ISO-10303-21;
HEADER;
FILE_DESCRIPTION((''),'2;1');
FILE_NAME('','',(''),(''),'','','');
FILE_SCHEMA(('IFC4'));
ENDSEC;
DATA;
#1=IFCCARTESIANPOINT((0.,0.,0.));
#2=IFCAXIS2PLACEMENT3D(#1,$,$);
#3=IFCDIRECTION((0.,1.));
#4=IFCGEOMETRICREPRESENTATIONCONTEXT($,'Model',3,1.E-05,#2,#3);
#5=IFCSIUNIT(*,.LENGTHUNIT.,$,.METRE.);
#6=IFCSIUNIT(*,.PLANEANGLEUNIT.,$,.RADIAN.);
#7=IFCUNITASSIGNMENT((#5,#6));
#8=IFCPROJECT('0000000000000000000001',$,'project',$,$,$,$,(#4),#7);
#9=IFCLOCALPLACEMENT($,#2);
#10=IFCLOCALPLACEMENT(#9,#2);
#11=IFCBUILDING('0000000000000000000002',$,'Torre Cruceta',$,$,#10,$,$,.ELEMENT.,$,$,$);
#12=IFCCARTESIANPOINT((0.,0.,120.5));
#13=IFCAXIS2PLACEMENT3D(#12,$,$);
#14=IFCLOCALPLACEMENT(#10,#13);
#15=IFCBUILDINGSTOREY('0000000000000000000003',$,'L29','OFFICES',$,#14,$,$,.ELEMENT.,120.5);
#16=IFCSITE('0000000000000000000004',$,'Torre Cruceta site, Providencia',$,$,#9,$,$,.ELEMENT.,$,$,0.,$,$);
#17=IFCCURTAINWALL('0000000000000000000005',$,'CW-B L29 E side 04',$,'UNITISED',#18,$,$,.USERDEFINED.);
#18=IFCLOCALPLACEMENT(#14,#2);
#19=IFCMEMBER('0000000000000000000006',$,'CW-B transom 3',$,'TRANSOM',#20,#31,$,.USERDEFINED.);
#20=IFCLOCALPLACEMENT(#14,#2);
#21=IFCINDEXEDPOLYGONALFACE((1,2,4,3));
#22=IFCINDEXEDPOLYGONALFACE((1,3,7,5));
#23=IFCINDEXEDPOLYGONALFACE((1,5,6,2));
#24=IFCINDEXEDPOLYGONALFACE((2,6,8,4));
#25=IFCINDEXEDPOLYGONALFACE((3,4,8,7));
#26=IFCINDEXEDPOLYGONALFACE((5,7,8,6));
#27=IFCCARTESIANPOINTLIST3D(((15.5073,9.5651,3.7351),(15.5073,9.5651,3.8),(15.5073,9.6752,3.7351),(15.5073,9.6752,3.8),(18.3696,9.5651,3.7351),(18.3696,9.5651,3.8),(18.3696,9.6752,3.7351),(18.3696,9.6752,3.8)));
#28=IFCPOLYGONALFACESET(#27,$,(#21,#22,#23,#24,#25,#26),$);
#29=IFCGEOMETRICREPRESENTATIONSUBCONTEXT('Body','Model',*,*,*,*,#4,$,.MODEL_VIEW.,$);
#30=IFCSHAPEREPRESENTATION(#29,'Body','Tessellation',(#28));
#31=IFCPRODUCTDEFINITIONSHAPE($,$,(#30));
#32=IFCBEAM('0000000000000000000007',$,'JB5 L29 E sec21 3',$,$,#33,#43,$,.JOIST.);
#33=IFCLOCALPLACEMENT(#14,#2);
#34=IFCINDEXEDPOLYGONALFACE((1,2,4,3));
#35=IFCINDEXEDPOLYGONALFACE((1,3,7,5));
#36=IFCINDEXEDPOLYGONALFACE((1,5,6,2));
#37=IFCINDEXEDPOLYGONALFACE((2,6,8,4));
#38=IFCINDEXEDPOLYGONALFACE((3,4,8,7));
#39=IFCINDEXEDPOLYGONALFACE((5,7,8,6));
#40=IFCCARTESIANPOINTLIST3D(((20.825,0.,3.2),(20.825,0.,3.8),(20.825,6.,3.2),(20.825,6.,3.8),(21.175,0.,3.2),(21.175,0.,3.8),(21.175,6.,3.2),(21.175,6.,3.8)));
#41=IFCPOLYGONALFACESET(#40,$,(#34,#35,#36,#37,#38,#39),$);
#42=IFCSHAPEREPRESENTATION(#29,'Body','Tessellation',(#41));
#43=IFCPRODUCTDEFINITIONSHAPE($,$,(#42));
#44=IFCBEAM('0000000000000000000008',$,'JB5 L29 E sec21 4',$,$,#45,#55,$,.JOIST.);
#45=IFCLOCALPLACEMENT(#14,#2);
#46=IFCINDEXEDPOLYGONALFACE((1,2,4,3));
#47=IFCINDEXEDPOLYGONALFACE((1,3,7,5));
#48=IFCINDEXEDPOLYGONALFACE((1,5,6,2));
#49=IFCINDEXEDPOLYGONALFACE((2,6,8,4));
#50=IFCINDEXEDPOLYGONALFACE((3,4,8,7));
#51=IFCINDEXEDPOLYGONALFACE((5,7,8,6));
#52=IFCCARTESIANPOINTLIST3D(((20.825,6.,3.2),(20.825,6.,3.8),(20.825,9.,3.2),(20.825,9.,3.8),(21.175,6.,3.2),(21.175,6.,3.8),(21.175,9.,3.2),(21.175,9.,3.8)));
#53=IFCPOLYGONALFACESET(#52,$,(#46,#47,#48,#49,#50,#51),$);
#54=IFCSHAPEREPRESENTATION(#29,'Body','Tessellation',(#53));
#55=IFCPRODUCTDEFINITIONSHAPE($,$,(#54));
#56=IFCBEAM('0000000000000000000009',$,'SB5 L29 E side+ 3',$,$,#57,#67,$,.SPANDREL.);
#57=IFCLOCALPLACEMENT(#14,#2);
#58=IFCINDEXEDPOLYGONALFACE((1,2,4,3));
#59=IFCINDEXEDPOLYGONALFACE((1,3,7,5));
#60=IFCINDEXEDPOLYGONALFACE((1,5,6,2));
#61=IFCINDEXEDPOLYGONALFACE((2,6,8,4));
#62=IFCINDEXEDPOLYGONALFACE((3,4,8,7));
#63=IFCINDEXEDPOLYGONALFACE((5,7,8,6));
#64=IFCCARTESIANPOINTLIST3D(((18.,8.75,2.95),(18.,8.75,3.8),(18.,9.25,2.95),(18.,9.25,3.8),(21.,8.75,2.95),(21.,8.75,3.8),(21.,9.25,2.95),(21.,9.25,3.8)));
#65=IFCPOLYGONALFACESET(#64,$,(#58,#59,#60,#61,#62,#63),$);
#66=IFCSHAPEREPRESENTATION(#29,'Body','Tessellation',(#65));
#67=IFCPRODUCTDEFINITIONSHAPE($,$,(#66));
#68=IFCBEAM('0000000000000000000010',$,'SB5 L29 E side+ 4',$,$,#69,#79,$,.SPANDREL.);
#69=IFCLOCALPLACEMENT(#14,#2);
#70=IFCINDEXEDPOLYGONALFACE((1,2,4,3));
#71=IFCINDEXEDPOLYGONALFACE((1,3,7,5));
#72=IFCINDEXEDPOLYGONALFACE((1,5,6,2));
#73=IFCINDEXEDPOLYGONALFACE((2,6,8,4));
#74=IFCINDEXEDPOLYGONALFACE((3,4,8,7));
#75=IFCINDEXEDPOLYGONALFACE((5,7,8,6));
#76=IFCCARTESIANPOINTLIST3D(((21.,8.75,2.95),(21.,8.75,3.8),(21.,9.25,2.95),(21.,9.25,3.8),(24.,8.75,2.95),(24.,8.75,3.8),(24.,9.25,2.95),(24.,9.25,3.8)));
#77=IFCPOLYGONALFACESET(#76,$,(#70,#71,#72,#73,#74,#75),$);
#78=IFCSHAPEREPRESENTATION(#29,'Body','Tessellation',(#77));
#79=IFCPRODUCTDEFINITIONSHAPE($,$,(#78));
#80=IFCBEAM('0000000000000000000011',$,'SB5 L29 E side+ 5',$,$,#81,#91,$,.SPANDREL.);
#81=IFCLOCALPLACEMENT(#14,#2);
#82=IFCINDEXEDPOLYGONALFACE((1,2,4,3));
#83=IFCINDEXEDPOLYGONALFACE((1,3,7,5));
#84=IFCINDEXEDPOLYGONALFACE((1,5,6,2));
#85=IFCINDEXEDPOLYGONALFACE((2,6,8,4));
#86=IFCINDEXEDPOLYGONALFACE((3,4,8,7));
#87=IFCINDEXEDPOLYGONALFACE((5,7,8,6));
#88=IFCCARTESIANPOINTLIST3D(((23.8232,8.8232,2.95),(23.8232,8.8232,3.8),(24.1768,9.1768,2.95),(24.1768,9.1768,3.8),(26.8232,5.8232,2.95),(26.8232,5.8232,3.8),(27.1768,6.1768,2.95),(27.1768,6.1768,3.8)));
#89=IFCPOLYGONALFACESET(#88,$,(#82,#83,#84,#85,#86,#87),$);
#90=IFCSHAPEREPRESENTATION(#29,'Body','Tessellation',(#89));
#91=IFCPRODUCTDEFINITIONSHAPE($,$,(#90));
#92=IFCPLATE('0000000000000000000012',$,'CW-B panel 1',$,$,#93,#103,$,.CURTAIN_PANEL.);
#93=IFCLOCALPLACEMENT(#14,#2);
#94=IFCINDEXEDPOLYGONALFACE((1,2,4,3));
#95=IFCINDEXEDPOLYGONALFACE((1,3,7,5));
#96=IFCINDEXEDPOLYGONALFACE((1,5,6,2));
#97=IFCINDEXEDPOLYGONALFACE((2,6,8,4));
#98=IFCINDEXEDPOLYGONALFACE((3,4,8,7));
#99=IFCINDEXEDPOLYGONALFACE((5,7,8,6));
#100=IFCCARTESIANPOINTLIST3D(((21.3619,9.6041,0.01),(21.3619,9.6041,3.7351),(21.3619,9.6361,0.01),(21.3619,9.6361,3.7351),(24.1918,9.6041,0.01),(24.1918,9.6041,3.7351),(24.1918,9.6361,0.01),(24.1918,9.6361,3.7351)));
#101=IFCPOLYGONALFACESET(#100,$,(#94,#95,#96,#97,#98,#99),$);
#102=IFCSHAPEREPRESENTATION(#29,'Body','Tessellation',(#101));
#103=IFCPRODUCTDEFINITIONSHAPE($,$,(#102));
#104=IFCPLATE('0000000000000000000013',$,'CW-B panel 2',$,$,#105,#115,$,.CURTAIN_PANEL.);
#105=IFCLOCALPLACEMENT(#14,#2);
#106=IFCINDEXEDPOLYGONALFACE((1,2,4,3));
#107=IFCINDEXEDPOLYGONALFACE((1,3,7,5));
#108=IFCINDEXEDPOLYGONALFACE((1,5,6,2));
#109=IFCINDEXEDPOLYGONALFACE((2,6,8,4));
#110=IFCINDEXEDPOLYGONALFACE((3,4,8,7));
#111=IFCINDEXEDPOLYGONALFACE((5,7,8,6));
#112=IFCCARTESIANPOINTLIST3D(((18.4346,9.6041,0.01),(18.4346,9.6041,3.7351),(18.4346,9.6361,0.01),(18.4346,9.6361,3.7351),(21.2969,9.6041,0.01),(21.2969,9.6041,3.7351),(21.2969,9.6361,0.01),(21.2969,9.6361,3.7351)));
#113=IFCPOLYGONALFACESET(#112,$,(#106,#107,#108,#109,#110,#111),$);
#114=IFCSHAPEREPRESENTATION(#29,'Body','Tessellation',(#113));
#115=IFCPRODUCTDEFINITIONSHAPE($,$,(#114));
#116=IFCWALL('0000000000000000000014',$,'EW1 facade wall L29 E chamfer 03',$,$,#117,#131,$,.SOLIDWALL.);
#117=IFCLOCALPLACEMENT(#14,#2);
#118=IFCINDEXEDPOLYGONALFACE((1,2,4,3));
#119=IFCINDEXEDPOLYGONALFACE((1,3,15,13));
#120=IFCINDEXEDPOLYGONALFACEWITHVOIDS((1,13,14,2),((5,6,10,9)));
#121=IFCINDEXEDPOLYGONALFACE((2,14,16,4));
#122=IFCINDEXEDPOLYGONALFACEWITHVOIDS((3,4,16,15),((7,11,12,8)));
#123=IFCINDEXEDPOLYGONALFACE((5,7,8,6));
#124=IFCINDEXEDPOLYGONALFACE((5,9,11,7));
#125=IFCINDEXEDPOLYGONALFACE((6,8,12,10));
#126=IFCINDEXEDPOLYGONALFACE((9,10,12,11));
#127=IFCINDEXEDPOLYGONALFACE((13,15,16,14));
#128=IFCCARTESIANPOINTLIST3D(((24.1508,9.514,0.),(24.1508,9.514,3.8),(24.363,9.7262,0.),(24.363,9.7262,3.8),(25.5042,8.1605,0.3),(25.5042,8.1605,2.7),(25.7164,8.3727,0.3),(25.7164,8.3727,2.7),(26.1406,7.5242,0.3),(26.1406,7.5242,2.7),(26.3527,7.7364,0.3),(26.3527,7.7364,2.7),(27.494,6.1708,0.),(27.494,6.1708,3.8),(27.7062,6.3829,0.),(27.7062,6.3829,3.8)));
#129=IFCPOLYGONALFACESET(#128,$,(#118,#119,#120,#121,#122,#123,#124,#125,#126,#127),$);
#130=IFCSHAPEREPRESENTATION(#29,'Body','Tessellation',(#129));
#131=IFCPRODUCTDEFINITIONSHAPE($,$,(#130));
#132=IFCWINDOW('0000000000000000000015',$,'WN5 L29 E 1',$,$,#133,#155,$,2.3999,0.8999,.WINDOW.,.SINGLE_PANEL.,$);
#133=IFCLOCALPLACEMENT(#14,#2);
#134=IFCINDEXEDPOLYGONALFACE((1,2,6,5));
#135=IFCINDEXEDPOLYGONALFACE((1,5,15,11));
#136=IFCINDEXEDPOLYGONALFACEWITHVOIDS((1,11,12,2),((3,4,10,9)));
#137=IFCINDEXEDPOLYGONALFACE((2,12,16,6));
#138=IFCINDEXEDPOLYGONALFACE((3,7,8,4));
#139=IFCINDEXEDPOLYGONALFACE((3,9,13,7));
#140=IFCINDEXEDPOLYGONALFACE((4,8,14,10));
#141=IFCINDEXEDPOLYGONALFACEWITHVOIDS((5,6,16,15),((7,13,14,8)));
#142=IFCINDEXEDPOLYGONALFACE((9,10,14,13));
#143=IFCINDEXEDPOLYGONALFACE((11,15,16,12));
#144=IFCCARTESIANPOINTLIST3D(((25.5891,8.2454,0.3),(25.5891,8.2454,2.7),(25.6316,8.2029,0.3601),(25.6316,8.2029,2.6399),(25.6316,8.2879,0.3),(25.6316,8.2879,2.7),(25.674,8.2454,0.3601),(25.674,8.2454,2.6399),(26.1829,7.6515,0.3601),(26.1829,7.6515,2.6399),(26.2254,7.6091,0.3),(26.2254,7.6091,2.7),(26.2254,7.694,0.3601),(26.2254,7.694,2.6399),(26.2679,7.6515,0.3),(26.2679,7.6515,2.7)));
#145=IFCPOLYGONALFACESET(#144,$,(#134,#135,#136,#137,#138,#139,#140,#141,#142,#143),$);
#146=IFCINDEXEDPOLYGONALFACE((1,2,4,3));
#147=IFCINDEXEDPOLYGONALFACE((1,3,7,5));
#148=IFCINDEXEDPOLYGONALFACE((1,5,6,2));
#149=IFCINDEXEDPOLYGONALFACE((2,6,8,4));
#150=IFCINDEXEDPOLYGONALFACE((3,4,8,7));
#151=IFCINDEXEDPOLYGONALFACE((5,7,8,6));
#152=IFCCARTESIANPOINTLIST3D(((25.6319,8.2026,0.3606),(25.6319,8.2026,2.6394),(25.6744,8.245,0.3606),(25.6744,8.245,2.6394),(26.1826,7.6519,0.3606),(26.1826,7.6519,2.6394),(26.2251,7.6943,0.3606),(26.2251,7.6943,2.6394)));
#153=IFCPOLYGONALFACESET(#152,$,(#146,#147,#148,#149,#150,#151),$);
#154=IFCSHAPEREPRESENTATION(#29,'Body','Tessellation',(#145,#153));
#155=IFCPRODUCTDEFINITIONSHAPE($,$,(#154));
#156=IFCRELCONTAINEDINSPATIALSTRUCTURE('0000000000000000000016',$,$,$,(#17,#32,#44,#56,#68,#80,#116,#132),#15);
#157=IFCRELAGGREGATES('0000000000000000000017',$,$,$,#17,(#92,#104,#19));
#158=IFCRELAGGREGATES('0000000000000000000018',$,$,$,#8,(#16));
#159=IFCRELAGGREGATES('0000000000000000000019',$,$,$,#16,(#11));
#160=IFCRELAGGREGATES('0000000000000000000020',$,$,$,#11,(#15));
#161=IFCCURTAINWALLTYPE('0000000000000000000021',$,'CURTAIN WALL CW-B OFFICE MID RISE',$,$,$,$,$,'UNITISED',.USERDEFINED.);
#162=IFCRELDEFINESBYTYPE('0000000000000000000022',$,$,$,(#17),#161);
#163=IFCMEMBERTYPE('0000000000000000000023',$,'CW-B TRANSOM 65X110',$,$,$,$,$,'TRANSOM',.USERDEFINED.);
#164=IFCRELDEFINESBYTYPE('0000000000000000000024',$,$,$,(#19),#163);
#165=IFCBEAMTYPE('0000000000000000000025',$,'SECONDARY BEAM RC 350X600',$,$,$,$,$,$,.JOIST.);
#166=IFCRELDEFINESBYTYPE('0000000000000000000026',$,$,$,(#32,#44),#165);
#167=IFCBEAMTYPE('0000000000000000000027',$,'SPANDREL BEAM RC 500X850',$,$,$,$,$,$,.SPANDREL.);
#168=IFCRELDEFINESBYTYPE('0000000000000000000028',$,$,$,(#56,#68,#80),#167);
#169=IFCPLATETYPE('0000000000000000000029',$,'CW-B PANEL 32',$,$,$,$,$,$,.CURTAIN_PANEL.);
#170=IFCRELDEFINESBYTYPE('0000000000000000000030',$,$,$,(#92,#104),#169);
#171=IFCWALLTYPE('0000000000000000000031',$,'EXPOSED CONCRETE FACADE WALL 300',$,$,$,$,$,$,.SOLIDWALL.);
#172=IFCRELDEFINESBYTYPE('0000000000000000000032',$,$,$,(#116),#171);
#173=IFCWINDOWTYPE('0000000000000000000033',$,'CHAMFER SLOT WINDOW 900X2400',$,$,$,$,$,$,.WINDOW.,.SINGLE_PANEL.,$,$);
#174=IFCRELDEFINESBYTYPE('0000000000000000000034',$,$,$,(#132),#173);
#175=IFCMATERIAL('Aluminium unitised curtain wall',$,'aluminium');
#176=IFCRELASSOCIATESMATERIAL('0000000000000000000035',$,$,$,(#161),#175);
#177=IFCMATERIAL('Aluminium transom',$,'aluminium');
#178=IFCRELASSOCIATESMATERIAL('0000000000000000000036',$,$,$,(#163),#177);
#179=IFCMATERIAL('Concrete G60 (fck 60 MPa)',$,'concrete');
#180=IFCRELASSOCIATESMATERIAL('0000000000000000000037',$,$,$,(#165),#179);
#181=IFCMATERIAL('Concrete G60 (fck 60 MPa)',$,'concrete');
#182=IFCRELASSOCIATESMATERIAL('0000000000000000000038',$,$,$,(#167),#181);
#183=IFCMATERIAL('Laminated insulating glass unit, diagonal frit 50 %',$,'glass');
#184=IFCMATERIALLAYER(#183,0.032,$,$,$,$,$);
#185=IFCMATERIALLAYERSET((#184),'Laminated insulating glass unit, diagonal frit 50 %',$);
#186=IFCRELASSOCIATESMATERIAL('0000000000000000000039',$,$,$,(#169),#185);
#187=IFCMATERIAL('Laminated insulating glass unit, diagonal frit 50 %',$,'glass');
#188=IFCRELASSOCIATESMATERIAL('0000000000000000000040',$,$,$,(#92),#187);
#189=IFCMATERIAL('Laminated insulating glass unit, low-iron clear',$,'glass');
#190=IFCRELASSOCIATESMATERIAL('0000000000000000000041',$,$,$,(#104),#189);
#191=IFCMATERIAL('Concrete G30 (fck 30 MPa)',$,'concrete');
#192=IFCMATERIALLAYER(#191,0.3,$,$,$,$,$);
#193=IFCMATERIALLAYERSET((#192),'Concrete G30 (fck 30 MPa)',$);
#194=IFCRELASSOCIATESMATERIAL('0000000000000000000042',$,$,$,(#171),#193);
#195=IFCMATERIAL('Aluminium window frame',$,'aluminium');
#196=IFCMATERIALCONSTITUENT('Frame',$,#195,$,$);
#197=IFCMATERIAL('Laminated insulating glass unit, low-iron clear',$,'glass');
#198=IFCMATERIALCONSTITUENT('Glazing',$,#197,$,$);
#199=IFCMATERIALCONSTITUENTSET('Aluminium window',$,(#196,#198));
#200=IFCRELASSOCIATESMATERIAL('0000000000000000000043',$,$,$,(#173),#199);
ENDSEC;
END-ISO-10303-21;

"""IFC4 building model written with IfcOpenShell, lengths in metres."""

from ifc_helpers import new_model, si_unit, direction, frame, frame_2d, origin, origin_2d, place, context, subcontext, project, spatial, rectangle, hollow_rectangle, extrude, material, layer, layer_set, constituent, constituent_set, material_profile, profile_set, type_object, element, fill, aggregate, save


model = new_model("IFC4")

# Units and contexts
model_context = context("Model", 3, precision=1e-05, world=origin(), true_north=direction((0.0, 1.0)))
body_context = subcontext(model_context, "Body", "Model", "MODEL_VIEW")
ifc_project = project(units=[si_unit("LENGTHUNIT", "METRE"), si_unit("PLANEANGLEUNIT", "RADIAN")], contexts=[model_context])

# Site, building, storey
site_placement = place(None, origin())
site = spatial("IfcSite", under=ifc_project, at=site_placement, Name="Torre Cruceta site, Providencia", CompositionType="ELEMENT", RefElevation=0.0)
building_placement = place(site_placement, origin())
building = spatial("IfcBuilding", under=site, at=building_placement, Name="Torre Cruceta", CompositionType="ELEMENT")
storey_placement = place(building_placement, frame((0.0, 0.0, 120.5)))
storey = spatial("IfcBuildingStorey", under=building, at=storey_placement, Name="L29", Description="OFFICES", CompositionType="ELEMENT", Elevation=120.5)

# Curtain wall, member
ifc_material_1 = material(Name="Aluminium unitised curtain wall", Category="aluminium")
curtain_wall_type = type_object("IfcCurtainWallType", Name="CURTAIN WALL CW-B OFFICE MID RISE", ElementType="UNITISED", PredefinedType="USERDEFINED", material=ifc_material_1)
curtain_wall_placement = place(storey_placement, origin())
curtain_wall = element("IfcCurtainWall", 1, at=curtain_wall_placement, inside=storey, type_object=curtain_wall_type, Name="CW-B L29 E side 04", ObjectType="UNITISED", PredefinedType="USERDEFINED")
ifc_material_2 = material(Name="Aluminium transom", Category="aluminium")
ifc_material_profile_1 = material_profile(ifc_material_2, rectangle(XDim=0.1101, YDim=0.0649, at=origin_2d()), Name="AL 110X65")
ifc_profile_set_1 = profile_set([ifc_material_profile_1], Name="Aluminium transom")
member_type_1 = type_object("IfcMemberType", Name="CW-B TRANSOM 65X110", ElementType="TRANSOM", PredefinedType="USERDEFINED", material=ifc_profile_set_1)
member_1_placement = place(storey_placement, frame((18.3696, 9.6201, 3.7676), z_axis=(-1.0, 0.0, 0.0), x_axis=(0.0, -1.0, 0.0)))
member_1 = element("IfcMember", 2, at=member_1_placement, type_object=member_type_1, Name="CW-B transom 3", ObjectType="TRANSOM", PredefinedType="USERDEFINED", context=body_context, shape_type="SweptSolid", body=[
    extrude(rectangle(XDim=0.1101, YDim=0.0649, at=origin_2d()), origin(), (0.0, 0.0, 1.0), 2.8623),
])

# Beams
ifc_material_3 = material(Name="Concrete G60 (fck 60 MPa)", Category="concrete")
ifc_material_profile_2 = material_profile(ifc_material_3, rectangle(XDim=0.3501, YDim=0.6001, at=origin_2d()), Name="RC 350X600")
ifc_profile_set_2 = profile_set([ifc_material_profile_2], Name="Concrete G60 (fck 60 MPa)")
beam_type_1 = type_object("IfcBeamType", Name="SECONDARY BEAM RC 350X600", PredefinedType="JOIST", material=ifc_profile_set_2)
beam_1_placement = place(storey_placement, frame((21.0, 0.0, 3.5), z_axis=(0.0, 1.0, 0.0), x_axis=(-1.0, 0.0, 0.0)))
element("IfcBeam", 3, at=beam_1_placement, inside=storey, type_object=beam_type_1, Name="JB5 L29 E sec21 3", PredefinedType="JOIST", context=body_context, shape_type="SweptSolid", body=[
    extrude(rectangle(XDim=0.3501, YDim=0.6001, at=origin_2d()), origin(), (0.0, 0.0, 1.0), 6.0),
])
beam_2_placement = place(storey_placement, frame((21.0, 6.0, 3.5), z_axis=(0.0, 1.0, 0.0), x_axis=(-1.0, 0.0, 0.0)))
element("IfcBeam", 4, at=beam_2_placement, inside=storey, type_object=beam_type_1, Name="JB5 L29 E sec21 4", PredefinedType="JOIST", context=body_context, shape_type="SweptSolid", body=[
    extrude(rectangle(XDim=0.3501, YDim=0.6001, at=origin_2d()), origin(), (0.0, 0.0, 1.0), 3.0),
])
ifc_material_4 = material(Name="Concrete G60 (fck 60 MPa)", Category="concrete")
ifc_material_profile_3 = material_profile(ifc_material_4, rectangle(XDim=0.5, YDim=0.8501, at=origin_2d()), Name="RC 500X850")
ifc_profile_set_3 = profile_set([ifc_material_profile_3], Name="Concrete G60 (fck 60 MPa)")
beam_type_2 = type_object("IfcBeamType", Name="SPANDREL BEAM RC 500X850", PredefinedType="SPANDREL", material=ifc_profile_set_3)
for number, where, z_axis, x_axis, name in (
    (5, (18.0, 9.0, 3.375), (1.0, 0.0, 0.0), (0.0, 1.0, 0.0), "SB5 L29 E side+ 3"),
    (6, (21.0, 9.0, 3.375), (1.0, 0.0, 0.0), (0.0, 1.0, 0.0), "SB5 L29 E side+ 4"),
):
    element("IfcBeam", number, at=place(storey_placement, frame(where, z_axis=z_axis, x_axis=x_axis)), inside=storey, type_object=beam_type_2, Name=name, PredefinedType="SPANDREL", context=body_context, shape_type="SweptSolid", body=[
        extrude(rectangle(XDim=0.5, YDim=0.8501, at=origin_2d()), origin(), (0.0, 0.0, 1.0), 3.0),
    ])
beam_3_placement = place(storey_placement, frame((24.0, 9.0, 3.375), z_axis=(0.707107, -0.707107, 0.0), x_axis=(0.707107, 0.707107, 0.0)))
element("IfcBeam", 7, at=beam_3_placement, inside=storey, type_object=beam_type_2, Name="SB5 L29 E side+ 5", PredefinedType="SPANDREL", context=body_context, shape_type="SweptSolid", body=[
    extrude(rectangle(XDim=0.5, YDim=0.8501, at=origin_2d()), origin(), (0.0, 0.0, 1.0), 4.2427),
])

# Plates
ifc_material_5 = material(Name="Laminated insulating glass unit, diagonal frit 50 %", Category="glass")
ifc_material_6 = material(Name="Laminated insulating glass unit, diagonal frit 50 %", Category="glass")
ifc_layer_1 = layer(ifc_material_6, 0.032)
ifc_layer_set_1 = layer_set([ifc_layer_1], Name="Laminated insulating glass unit, diagonal frit 50 %")
plate_type = type_object("IfcPlateType", Name="CW-B PANEL 32", PredefinedType="CURTAIN_PANEL", material=ifc_layer_set_1)
plate_1_placement = place(storey_placement, frame((22.7769, 9.6201, 0.01), z_axis=(0.0, 0.0, 1.0), x_axis=(-1.0, 0.0, 0.0)))
plate_1 = element("IfcPlate", 8, at=plate_1_placement, type_object=plate_type, material=ifc_material_5, Name="CW-B panel 1", PredefinedType="CURTAIN_PANEL", context=body_context, shape_type="SweptSolid", body=[
    extrude(rectangle(XDim=2.8298, YDim=0.032, at=origin_2d()), origin(), (0.0, 0.0, 1.0), 3.7251),
])
ifc_material_7 = material(Name="Laminated insulating glass unit, low-iron clear", Category="glass")
plate_2_placement = place(storey_placement, frame((19.8657, 9.6201, 0.01), z_axis=(0.0, 0.0, 1.0), x_axis=(-1.0, 0.0, 0.0)))
plate_2 = element("IfcPlate", 9, at=plate_2_placement, type_object=plate_type, material=ifc_material_7, Name="CW-B panel 2", PredefinedType="CURTAIN_PANEL", context=body_context, shape_type="SweptSolid", body=[
    extrude(rectangle(XDim=2.8623, YDim=0.032, at=origin_2d()), origin(), (0.0, 0.0, 1.0), 3.7251),
])
aggregate(curtain_wall, [plate_1, plate_2, member_1])

# Wall, opening, window
ifc_material_8 = material(Name="Concrete G30 (fck 30 MPa)", Category="concrete")
ifc_layer_2 = layer(ifc_material_8, 0.3)
ifc_layer_set_2 = layer_set([ifc_layer_2], Name="Concrete G30 (fck 30 MPa)")
wall_type = type_object("IfcWallType", Name="EXPOSED CONCRETE FACADE WALL 300", PredefinedType="SOLIDWALL", material=ifc_layer_set_2)
wall_placement = place(storey_placement, frame((27.6001, 6.2769, 0.0), z_axis=(0.0, 0.0, 1.0), x_axis=(-0.707107, 0.707107, 0.0)))
wall = element("IfcWall", 10, at=wall_placement, inside=storey, type_object=wall_type, Name="EW1 facade wall L29 E chamfer 03", PredefinedType="SOLIDWALL", context=body_context, shape_type="SweptSolid", body=[
    extrude(rectangle(XDim=4.728, YDim=0.3, at=frame_2d((2.364, 0.0))), origin(), (0.0, 0.0, 1.0), 3.8),
])
opening_placement = place(wall_placement, frame((1.9141, 0.0, 0.3)))
opening = element("IfcOpeningElement", 11, at=opening_placement, cuts=wall, PredefinedType="OPENING", context=body_context, shape_type="SweptSolid", body=[
    extrude(rectangle(XDim=0.8999, YDim=2.3999, at=frame_2d((0.45, 1.2))), frame((0.0, 0.1599, 0.0), z_axis=(0.0, -1.0, 0.0), x_axis=(1.0, 0.0, 0.0)), (0.0, 0.0, 1.0), 0.3201),
])
ifc_material_9 = material(Name="Aluminium window frame", Category="aluminium")
ifc_constituent_1 = constituent(ifc_material_9, Name="Frame")
ifc_material_10 = material(Name="Laminated insulating glass unit, low-iron clear", Category="glass")
ifc_constituent_2 = constituent(ifc_material_10, Name="Glazing")
ifc_constituent_set = constituent_set(constituents=[ifc_constituent_1, ifc_constituent_2], Name="Aluminium window")
window_type = type_object("IfcWindowType", Name="CHAMFER SLOT WINDOW 900X2400", PartitioningType="SINGLE_PANEL", PredefinedType="WINDOW", material=ifc_constituent_set)
window_placement = place(opening_placement, origin())
window = element("IfcWindow", 12, at=window_placement, inside=storey, type_object=window_type, Name="WN5 L29 E 1", OverallHeight=2.3999, OverallWidth=0.8999, PartitioningType="SINGLE_PANEL", PredefinedType="WINDOW", context=body_context, shape_type="SweptSolid", body=[
    extrude(hollow_rectangle(XDim=0.8999, YDim=2.3999, WallThickness=0.0601, at=frame_2d((0.45, 1.2))), frame((0.0, 0.03, 0.0), z_axis=(0.0, -1.0, 0.0), x_axis=(1.0, 0.0, 0.0)), (0.0, 0.0, 1.0), 0.0601),
    extrude(rectangle(XDim=0.7788, YDim=2.2788, at=frame_2d((0.45, 1.2))), frame((0.0, 0.03, 0.0), z_axis=(0.0, -1.0, 0.0), x_axis=(1.0, 0.0, 0.0)), (0.0, 0.0, 1.0), 0.0601),
])
fill(opening, window)

save(model, "model.ifc")
